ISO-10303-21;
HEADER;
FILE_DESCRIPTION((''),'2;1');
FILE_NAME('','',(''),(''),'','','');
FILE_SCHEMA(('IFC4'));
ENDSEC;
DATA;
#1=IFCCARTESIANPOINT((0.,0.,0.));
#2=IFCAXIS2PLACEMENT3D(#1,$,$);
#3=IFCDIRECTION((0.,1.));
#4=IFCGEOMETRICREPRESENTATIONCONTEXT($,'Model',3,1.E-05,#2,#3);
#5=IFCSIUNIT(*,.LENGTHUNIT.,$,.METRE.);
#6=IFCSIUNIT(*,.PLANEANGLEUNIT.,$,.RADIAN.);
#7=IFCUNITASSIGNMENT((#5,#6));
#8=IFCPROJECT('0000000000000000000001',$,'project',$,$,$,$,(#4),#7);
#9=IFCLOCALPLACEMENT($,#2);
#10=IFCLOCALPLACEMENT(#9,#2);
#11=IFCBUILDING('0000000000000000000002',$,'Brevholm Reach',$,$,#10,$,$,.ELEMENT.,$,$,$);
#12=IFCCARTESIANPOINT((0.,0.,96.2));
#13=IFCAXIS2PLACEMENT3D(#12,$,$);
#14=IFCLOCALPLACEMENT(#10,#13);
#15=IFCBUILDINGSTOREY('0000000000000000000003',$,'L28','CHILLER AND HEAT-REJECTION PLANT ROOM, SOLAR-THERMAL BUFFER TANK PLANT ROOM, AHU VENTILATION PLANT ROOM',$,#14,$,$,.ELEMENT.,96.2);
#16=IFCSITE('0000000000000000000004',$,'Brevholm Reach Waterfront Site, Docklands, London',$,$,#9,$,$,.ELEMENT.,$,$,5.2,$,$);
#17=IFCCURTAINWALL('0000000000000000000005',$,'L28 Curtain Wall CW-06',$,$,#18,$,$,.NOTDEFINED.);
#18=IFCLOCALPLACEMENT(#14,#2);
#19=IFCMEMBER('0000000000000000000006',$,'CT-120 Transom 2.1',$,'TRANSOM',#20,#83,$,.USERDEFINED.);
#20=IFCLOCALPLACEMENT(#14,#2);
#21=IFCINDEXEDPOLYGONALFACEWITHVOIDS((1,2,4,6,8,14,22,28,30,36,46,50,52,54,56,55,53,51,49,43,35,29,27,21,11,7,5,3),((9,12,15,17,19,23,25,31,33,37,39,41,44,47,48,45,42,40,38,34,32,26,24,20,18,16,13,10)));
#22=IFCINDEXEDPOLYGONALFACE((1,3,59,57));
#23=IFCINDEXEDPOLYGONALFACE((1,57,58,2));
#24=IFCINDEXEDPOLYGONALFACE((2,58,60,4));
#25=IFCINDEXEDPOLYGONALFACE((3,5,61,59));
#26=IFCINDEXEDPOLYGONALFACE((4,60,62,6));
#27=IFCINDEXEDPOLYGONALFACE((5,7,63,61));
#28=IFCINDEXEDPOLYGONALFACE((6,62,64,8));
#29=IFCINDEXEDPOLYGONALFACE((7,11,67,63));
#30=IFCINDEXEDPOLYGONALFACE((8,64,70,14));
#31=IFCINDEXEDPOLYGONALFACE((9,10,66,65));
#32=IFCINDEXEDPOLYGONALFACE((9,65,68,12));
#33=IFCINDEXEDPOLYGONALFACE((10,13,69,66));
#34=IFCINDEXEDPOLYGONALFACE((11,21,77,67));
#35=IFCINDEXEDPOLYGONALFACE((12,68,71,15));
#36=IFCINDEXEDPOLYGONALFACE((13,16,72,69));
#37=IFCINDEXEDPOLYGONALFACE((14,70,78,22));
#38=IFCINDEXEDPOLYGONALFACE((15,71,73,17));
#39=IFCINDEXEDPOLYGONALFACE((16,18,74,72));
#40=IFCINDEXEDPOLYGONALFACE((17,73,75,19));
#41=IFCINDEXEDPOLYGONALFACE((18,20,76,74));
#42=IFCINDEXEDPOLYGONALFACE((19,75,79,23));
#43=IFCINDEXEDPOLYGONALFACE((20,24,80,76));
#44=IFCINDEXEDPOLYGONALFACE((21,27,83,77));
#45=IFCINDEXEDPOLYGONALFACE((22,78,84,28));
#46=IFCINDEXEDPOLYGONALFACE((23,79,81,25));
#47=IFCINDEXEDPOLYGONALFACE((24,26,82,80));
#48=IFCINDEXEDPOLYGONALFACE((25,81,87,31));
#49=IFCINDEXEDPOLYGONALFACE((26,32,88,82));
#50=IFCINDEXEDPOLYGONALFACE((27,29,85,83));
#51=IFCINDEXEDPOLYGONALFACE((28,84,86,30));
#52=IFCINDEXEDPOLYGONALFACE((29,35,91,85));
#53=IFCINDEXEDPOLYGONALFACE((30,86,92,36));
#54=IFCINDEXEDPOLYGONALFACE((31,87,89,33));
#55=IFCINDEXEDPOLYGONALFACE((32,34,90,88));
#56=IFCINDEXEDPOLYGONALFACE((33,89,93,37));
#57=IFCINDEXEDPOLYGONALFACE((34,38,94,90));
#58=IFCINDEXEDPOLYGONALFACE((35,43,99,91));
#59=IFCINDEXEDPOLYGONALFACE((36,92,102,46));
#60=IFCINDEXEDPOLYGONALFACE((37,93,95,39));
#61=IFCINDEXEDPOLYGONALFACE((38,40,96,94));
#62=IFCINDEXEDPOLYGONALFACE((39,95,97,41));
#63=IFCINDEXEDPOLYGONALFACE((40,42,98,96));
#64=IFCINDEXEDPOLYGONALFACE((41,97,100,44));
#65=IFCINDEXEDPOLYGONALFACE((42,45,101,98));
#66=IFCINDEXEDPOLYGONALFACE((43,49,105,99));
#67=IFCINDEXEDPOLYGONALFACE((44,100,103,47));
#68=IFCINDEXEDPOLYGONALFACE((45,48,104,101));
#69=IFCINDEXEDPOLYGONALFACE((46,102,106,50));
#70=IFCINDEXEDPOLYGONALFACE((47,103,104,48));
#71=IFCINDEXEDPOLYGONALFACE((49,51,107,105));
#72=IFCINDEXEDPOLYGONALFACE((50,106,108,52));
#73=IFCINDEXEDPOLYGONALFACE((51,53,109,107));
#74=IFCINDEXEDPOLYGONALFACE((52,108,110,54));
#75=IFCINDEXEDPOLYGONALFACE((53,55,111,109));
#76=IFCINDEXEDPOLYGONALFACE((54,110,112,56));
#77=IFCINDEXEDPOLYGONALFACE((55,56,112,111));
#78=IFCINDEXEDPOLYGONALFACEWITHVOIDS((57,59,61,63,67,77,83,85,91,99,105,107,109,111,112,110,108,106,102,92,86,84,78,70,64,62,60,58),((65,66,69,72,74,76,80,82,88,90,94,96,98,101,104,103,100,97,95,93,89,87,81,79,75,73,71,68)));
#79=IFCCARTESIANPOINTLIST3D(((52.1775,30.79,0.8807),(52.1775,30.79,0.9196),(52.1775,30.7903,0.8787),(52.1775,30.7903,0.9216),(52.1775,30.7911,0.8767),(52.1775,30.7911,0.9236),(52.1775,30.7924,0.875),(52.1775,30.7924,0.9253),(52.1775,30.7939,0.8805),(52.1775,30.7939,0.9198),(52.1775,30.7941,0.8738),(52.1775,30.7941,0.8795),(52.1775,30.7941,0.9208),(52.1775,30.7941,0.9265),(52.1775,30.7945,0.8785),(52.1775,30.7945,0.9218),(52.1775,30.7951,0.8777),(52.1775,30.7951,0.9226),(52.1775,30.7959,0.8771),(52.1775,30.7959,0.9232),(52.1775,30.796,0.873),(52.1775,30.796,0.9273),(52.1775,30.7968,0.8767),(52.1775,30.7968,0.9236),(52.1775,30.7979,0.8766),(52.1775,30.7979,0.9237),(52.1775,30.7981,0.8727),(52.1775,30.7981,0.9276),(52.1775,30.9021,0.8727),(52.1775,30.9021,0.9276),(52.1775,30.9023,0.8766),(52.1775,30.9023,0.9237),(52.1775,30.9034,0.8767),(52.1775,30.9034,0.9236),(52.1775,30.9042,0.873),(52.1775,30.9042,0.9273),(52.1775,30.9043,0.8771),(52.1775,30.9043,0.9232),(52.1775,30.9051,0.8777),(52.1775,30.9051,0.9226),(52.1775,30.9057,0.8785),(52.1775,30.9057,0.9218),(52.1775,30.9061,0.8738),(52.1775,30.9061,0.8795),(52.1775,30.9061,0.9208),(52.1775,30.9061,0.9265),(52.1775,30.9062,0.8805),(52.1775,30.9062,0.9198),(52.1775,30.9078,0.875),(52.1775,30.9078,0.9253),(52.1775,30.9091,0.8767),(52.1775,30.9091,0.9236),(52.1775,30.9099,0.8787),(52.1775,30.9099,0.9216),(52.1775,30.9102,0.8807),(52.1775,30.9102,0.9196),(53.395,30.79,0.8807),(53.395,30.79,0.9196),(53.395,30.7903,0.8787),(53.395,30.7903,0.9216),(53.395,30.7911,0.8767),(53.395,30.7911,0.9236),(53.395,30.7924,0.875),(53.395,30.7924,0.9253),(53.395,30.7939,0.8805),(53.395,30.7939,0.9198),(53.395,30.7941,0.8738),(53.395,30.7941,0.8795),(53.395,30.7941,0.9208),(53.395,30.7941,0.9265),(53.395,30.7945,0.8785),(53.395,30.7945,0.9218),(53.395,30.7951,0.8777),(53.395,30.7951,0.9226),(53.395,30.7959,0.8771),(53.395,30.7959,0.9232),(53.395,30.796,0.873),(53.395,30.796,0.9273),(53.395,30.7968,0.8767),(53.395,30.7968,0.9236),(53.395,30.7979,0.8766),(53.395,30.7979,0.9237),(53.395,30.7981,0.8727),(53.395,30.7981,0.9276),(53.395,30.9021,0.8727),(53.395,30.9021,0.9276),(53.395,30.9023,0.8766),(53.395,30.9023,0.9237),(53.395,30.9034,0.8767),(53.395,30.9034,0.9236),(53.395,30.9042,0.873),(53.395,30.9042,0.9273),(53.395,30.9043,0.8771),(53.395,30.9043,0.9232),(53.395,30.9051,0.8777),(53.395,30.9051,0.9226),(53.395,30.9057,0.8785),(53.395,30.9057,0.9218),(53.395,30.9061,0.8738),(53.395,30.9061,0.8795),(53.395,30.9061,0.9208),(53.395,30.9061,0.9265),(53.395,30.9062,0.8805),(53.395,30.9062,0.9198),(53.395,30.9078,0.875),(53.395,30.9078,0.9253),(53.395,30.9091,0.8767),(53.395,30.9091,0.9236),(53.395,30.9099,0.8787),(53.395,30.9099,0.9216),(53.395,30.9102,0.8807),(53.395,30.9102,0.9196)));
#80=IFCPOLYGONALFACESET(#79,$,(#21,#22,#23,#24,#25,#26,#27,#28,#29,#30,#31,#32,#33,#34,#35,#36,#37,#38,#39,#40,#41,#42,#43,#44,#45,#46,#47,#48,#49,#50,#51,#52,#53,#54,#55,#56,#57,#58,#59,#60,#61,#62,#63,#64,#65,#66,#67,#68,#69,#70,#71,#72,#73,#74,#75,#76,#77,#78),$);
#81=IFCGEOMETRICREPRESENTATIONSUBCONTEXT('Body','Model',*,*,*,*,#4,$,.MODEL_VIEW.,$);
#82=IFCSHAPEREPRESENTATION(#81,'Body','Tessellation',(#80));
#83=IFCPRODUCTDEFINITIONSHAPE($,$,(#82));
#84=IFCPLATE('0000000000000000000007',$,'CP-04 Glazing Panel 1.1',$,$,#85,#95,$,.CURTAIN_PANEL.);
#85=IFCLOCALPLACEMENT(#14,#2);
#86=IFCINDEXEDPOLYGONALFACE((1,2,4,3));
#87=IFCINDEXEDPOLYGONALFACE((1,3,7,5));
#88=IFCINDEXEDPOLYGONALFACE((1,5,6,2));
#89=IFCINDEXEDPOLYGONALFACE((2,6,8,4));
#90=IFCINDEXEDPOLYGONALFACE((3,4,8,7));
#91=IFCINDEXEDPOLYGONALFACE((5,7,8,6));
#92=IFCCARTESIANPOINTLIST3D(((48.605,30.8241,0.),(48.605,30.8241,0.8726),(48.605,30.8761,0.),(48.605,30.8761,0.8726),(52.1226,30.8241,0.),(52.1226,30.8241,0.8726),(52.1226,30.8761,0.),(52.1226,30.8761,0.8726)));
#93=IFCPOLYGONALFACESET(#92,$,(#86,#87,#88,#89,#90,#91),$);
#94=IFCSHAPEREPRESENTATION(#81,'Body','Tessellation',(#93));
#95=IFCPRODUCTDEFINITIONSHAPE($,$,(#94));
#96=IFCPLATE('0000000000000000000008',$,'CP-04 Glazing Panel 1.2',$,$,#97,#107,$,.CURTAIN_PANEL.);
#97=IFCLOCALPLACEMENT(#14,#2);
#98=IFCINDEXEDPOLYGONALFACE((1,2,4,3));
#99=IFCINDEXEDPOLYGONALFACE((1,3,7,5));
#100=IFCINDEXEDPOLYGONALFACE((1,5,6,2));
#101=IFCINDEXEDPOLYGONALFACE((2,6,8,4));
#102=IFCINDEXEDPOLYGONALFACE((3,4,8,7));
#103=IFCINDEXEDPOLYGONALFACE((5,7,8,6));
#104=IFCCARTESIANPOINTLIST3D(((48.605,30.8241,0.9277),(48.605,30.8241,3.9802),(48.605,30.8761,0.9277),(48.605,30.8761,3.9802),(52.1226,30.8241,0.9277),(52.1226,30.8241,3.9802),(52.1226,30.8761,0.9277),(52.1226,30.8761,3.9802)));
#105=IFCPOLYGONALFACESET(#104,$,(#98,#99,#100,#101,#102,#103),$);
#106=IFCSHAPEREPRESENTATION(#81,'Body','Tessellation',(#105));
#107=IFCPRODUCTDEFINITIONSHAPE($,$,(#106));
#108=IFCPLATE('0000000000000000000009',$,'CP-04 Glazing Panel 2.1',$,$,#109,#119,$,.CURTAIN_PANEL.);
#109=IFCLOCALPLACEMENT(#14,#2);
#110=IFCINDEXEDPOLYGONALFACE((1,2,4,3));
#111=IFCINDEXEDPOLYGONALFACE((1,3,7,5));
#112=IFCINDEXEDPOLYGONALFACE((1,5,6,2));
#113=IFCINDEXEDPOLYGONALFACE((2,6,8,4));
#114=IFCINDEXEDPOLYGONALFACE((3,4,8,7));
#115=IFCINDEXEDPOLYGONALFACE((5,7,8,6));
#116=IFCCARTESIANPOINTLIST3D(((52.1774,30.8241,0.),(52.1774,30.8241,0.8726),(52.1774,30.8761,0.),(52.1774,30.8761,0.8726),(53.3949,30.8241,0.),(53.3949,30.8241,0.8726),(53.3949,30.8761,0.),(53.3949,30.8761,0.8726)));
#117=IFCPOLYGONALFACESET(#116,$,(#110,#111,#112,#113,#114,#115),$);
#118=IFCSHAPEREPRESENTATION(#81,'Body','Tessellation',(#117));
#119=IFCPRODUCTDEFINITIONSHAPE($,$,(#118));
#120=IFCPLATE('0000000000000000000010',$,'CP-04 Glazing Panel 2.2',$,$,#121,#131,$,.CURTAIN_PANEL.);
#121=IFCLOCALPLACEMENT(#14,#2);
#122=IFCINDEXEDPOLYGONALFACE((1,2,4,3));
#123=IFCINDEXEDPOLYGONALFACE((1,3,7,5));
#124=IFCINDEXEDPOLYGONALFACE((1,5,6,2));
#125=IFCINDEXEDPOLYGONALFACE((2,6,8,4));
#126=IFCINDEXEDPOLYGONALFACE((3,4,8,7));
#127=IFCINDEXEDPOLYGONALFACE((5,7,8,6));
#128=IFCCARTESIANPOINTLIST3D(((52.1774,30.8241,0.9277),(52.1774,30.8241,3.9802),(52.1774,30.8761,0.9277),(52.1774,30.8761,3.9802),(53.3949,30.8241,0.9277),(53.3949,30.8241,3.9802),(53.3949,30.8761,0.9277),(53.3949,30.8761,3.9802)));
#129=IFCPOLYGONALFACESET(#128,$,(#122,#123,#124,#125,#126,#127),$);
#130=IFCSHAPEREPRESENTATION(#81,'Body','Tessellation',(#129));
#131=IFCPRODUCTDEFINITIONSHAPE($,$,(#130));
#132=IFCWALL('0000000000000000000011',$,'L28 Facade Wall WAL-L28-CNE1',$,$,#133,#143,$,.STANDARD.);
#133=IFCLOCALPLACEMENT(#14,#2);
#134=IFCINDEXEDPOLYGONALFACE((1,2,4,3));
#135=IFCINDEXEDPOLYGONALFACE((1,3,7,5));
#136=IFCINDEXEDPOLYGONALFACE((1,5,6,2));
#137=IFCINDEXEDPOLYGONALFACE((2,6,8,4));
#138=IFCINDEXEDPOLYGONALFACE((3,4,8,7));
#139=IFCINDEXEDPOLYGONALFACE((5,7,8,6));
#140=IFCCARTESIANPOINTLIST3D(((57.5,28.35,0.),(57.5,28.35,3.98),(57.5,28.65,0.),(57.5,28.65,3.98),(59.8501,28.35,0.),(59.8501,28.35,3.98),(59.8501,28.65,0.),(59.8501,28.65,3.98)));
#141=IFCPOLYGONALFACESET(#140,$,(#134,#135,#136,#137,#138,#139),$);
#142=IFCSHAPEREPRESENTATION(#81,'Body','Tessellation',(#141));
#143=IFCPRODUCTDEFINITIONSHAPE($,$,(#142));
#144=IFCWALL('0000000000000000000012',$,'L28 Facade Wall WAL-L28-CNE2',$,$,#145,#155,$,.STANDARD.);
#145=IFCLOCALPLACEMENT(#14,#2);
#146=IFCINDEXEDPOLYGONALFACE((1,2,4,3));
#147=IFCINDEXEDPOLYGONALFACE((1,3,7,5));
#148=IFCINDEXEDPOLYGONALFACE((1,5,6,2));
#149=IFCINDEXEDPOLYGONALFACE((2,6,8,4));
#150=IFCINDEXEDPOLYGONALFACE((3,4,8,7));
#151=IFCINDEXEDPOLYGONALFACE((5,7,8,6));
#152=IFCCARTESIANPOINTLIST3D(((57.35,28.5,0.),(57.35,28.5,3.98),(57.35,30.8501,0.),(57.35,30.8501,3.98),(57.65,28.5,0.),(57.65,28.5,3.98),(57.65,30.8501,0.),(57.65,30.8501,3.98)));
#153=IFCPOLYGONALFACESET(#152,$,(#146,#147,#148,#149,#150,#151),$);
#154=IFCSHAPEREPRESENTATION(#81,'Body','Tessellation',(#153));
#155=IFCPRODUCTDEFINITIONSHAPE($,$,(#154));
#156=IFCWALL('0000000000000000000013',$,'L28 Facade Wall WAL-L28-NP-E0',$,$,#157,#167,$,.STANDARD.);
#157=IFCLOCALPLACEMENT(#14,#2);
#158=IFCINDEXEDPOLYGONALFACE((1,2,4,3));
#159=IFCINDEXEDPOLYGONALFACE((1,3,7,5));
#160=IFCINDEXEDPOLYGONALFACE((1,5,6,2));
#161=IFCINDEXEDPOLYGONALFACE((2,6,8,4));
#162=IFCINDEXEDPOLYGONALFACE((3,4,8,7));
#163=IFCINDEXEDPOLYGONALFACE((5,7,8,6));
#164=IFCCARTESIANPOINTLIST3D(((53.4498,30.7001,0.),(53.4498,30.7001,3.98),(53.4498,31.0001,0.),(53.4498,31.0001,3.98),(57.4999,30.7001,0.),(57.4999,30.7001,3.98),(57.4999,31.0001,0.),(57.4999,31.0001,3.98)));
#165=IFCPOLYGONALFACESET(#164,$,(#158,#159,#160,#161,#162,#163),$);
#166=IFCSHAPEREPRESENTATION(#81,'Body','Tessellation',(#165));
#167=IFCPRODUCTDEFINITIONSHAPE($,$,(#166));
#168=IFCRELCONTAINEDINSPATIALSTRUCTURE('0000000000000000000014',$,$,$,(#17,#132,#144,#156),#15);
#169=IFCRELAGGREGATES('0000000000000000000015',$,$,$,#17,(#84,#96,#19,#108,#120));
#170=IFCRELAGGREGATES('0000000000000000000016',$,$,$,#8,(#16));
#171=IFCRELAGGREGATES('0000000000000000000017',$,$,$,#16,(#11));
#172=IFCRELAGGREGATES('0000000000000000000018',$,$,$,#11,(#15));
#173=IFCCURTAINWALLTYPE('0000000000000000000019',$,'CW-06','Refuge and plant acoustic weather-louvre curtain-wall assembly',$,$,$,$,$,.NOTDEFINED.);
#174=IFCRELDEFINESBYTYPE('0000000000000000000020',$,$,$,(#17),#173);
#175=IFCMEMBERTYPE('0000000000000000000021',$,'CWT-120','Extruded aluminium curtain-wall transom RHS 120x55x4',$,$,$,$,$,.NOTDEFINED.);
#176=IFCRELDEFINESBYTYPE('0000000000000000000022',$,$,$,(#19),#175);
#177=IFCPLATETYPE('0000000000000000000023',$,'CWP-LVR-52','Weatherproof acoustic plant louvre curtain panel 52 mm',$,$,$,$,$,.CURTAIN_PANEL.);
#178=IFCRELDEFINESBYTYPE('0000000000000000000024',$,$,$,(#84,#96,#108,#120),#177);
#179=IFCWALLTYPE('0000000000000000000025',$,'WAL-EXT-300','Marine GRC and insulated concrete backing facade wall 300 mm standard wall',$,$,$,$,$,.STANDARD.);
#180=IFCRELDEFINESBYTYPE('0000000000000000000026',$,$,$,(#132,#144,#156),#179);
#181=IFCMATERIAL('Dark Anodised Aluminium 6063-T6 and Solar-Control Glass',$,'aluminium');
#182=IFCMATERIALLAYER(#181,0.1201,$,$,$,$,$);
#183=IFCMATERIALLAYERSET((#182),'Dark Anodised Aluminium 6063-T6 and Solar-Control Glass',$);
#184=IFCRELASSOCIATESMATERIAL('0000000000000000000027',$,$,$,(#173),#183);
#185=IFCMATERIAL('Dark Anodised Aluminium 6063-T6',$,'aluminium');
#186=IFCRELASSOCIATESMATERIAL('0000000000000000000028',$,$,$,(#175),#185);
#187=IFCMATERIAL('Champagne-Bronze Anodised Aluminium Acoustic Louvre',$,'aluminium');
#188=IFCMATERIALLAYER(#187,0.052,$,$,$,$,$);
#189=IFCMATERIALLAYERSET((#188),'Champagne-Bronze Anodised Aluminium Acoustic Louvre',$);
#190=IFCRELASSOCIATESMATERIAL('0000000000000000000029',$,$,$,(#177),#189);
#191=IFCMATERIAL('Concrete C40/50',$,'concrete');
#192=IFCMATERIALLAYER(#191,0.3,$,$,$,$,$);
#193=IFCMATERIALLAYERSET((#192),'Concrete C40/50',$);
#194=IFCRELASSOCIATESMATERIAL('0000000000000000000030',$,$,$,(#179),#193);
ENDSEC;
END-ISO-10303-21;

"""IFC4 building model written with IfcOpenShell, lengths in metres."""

from ifc_helpers import new_model, si_unit, direction, frame, frame_2d, origin, origin_2d, place, context, subcontext, project, spatial, rectangle, hollow_rectangle, extrude, material, layer, layer_set, material_profile, profile_set, type_object, element, aggregate, save


model = new_model("IFC4")

# Units and contexts
model_context = context("Model", 3, precision=1e-05, world=origin(), true_north=direction((0.0, 1.0)))
body_context = subcontext(model_context, "Body", "Model", "MODEL_VIEW")
ifc_project = project(units=[si_unit("LENGTHUNIT", "METRE"), si_unit("PLANEANGLEUNIT", "RADIAN")], contexts=[model_context])

# Site, building, storey
site_placement = place(None, origin())
site = spatial("IfcSite", under=ifc_project, at=site_placement, Name="Brevholm Reach Waterfront Site, Docklands, London", CompositionType="ELEMENT", RefElevation=5.2)
building_placement = place(site_placement, origin())
building = spatial("IfcBuilding", under=site, at=building_placement, Name="Brevholm Reach", CompositionType="ELEMENT")
storey_placement = place(building_placement, frame((0.0, 0.0, 96.2)))
storey = spatial("IfcBuildingStorey", under=building, at=storey_placement, Name="L28", Description="CHILLER AND HEAT-REJECTION PLANT ROOM, SOLAR-THERMAL BUFFER TANK PLANT ROOM, AHU VENTILATION PLANT ROOM", CompositionType="ELEMENT", Elevation=96.2)

# Curtain wall, member, plates
ifc_material_1 = material(Name="Dark Anodised Aluminium 6063-T6 and Solar-Control Glass", Category="aluminium")
ifc_layer_1 = layer(ifc_material_1, 0.1201)
ifc_layer_set_1 = layer_set([ifc_layer_1], Name="Dark Anodised Aluminium 6063-T6 and Solar-Control Glass")
curtain_wall_type = type_object("IfcCurtainWallType", Name="CW-06", Description="Refuge and plant acoustic weather-louvre curtain-wall assembly", PredefinedType="NOTDEFINED", material=ifc_layer_set_1)
curtain_wall_placement = place(storey_placement, origin())
curtain_wall = element("IfcCurtainWall", 1, at=curtain_wall_placement, inside=storey, type_object=curtain_wall_type, Name="L28 Curtain Wall CW-06", PredefinedType="NOTDEFINED")
ifc_material_2 = material(Name="Dark Anodised Aluminium 6063-T6", Category="aluminium")
ifc_material_profile_1 = material_profile(ifc_material_2, hollow_rectangle(XDim=0.0549, YDim=0.1201, WallThickness=0.0039, InnerFilletRadius=0.0039, OuterFilletRadius=0.0081, at=origin_2d()), Name="RHS 120x55x4")
ifc_profile_set_1 = profile_set([ifc_material_profile_1], Name="Dark Anodised Aluminium 6063-T6")
member_type_1 = type_object("IfcMemberType", Name="CWT-120", Description="Extruded aluminium curtain-wall transom RHS 120x55x4", PredefinedType="NOTDEFINED", material=ifc_profile_set_1)
member_1_placement = place(storey_placement, frame((52.1775, 30.8501, 0.9001), z_axis=(1.0, 0.0, 0.0), x_axis=(0.0, 0.0, 1.0)))
member_1 = element("IfcMember", 2, at=member_1_placement, type_object=member_type_1, Name="CT-120 Transom 2.1", ObjectType="TRANSOM", PredefinedType="USERDEFINED", context=body_context, shape_type="SweptSolid", body=[
    extrude(hollow_rectangle(XDim=0.0549, YDim=0.1201, WallThickness=0.0039, InnerFilletRadius=0.0039, OuterFilletRadius=0.0081, at=origin_2d()), origin(), (0.0, 0.0, 1.0), 1.2175),
])
ifc_material_3 = material(Name="Champagne-Bronze Anodised Aluminium Acoustic Louvre", Category="aluminium")
ifc_layer_2 = layer(ifc_material_3, 0.052)
ifc_layer_set_2 = layer_set([ifc_layer_2], Name="Champagne-Bronze Anodised Aluminium Acoustic Louvre")
plate_type = type_object("IfcPlateType", Name="CWP-LVR-52", Description="Weatherproof acoustic plant louvre curtain panel 52 mm", PredefinedType="CURTAIN_PANEL", material=ifc_layer_set_2)
plate_1_placement = place(storey_placement, frame((50.3638, 30.8501, 0.0), z_axis=(0.0, 0.0, 1.0), x_axis=(1.0, 0.0, 0.0)))
plate_1 = element("IfcPlate", 3, at=plate_1_placement, type_object=plate_type, Name="CP-04 Glazing Panel 1.1", PredefinedType="CURTAIN_PANEL", context=body_context, shape_type="SweptSolid", body=[
    extrude(rectangle(XDim=3.5176, YDim=0.052, at=origin_2d()), origin(), (0.0, 0.0, 1.0), 0.8726),
])
plate_2_placement = place(storey_placement, frame((50.3638, 30.8501, 0.9277), z_axis=(0.0, 0.0, 1.0), x_axis=(1.0, 0.0, 0.0)))
plate_2 = element("IfcPlate", 4, at=plate_2_placement, type_object=plate_type, Name="CP-04 Glazing Panel 1.2", PredefinedType="CURTAIN_PANEL", context=body_context, shape_type="SweptSolid", body=[
    extrude(rectangle(XDim=3.5176, YDim=0.052, at=origin_2d()), origin(), (0.0, 0.0, 1.0), 3.0525),
])
plate_3_placement = place(storey_placement, frame((52.7861, 30.8501, 0.0), z_axis=(0.0, 0.0, 1.0), x_axis=(1.0, 0.0, 0.0)))
plate_3 = element("IfcPlate", 5, at=plate_3_placement, type_object=plate_type, Name="CP-04 Glazing Panel 2.1", PredefinedType="CURTAIN_PANEL", context=body_context, shape_type="SweptSolid", body=[
    extrude(rectangle(XDim=1.2175, YDim=0.052, at=origin_2d()), origin(), (0.0, 0.0, 1.0), 0.8726),
])
plate_4_placement = place(storey_placement, frame((52.7861, 30.8501, 0.9277), z_axis=(0.0, 0.0, 1.0), x_axis=(1.0, 0.0, 0.0)))
plate_4 = element("IfcPlate", 6, at=plate_4_placement, type_object=plate_type, Name="CP-04 Glazing Panel 2.2", PredefinedType="CURTAIN_PANEL", context=body_context, shape_type="SweptSolid", body=[
    extrude(rectangle(XDim=1.2175, YDim=0.052, at=origin_2d()), origin(), (0.0, 0.0, 1.0), 3.0525),
])
aggregate(curtain_wall, [plate_1, plate_2, member_1, plate_3, plate_4])

# Walls
ifc_material_4 = material(Name="Concrete C40/50", Category="concrete")
ifc_layer_3 = layer(ifc_material_4, 0.3)
ifc_layer_set_3 = layer_set([ifc_layer_3], Name="Concrete C40/50")
wall_type = type_object("IfcWallType", Name="WAL-EXT-300", Description="Marine GRC and insulated concrete backing facade wall 300 mm standard wall", PredefinedType="STANDARD", material=ifc_layer_set_3)
for number, where, z_axis, x_axis, name in (
    (7, (59.8501, 28.5, 0.0), (0.0, 0.0, 1.0), (-1.0, 0.0, 0.0), "L28 Facade Wall WAL-L28-CNE1"),
    (8, (57.5, 28.5, 0.0), (0.0, 0.0, 1.0), (0.0, 1.0, 0.0), "L28 Facade Wall WAL-L28-CNE2"),
):
    element("IfcWall", number, at=place(storey_placement, frame(where, z_axis=z_axis, x_axis=x_axis)), inside=storey, type_object=wall_type, Name=name, PredefinedType="STANDARD", context=body_context, shape_type="SweptSolid", body=[
        extrude(rectangle(XDim=2.3501, YDim=0.3, at=frame_2d((1.175, 0.0))), origin(), (0.0, 0.0, 1.0), 3.98),
    ])
wall_placement = place(storey_placement, frame((53.45, 30.8501, 0.0), z_axis=(0.0, 0.0, 1.0), x_axis=(1.0, 0.0, 0.0)))
element("IfcWall", 9, at=wall_placement, inside=storey, type_object=wall_type, Name="L28 Facade Wall WAL-L28-NP-E0", PredefinedType="STANDARD", context=body_context, shape_type="SweptSolid", body=[
    extrude(rectangle(XDim=4.05, YDim=0.3, at=frame_2d((2.0249, 0.0))), origin(), (0.0, 0.0, 1.0), 3.98),
])

save(model, "model.ifc")
